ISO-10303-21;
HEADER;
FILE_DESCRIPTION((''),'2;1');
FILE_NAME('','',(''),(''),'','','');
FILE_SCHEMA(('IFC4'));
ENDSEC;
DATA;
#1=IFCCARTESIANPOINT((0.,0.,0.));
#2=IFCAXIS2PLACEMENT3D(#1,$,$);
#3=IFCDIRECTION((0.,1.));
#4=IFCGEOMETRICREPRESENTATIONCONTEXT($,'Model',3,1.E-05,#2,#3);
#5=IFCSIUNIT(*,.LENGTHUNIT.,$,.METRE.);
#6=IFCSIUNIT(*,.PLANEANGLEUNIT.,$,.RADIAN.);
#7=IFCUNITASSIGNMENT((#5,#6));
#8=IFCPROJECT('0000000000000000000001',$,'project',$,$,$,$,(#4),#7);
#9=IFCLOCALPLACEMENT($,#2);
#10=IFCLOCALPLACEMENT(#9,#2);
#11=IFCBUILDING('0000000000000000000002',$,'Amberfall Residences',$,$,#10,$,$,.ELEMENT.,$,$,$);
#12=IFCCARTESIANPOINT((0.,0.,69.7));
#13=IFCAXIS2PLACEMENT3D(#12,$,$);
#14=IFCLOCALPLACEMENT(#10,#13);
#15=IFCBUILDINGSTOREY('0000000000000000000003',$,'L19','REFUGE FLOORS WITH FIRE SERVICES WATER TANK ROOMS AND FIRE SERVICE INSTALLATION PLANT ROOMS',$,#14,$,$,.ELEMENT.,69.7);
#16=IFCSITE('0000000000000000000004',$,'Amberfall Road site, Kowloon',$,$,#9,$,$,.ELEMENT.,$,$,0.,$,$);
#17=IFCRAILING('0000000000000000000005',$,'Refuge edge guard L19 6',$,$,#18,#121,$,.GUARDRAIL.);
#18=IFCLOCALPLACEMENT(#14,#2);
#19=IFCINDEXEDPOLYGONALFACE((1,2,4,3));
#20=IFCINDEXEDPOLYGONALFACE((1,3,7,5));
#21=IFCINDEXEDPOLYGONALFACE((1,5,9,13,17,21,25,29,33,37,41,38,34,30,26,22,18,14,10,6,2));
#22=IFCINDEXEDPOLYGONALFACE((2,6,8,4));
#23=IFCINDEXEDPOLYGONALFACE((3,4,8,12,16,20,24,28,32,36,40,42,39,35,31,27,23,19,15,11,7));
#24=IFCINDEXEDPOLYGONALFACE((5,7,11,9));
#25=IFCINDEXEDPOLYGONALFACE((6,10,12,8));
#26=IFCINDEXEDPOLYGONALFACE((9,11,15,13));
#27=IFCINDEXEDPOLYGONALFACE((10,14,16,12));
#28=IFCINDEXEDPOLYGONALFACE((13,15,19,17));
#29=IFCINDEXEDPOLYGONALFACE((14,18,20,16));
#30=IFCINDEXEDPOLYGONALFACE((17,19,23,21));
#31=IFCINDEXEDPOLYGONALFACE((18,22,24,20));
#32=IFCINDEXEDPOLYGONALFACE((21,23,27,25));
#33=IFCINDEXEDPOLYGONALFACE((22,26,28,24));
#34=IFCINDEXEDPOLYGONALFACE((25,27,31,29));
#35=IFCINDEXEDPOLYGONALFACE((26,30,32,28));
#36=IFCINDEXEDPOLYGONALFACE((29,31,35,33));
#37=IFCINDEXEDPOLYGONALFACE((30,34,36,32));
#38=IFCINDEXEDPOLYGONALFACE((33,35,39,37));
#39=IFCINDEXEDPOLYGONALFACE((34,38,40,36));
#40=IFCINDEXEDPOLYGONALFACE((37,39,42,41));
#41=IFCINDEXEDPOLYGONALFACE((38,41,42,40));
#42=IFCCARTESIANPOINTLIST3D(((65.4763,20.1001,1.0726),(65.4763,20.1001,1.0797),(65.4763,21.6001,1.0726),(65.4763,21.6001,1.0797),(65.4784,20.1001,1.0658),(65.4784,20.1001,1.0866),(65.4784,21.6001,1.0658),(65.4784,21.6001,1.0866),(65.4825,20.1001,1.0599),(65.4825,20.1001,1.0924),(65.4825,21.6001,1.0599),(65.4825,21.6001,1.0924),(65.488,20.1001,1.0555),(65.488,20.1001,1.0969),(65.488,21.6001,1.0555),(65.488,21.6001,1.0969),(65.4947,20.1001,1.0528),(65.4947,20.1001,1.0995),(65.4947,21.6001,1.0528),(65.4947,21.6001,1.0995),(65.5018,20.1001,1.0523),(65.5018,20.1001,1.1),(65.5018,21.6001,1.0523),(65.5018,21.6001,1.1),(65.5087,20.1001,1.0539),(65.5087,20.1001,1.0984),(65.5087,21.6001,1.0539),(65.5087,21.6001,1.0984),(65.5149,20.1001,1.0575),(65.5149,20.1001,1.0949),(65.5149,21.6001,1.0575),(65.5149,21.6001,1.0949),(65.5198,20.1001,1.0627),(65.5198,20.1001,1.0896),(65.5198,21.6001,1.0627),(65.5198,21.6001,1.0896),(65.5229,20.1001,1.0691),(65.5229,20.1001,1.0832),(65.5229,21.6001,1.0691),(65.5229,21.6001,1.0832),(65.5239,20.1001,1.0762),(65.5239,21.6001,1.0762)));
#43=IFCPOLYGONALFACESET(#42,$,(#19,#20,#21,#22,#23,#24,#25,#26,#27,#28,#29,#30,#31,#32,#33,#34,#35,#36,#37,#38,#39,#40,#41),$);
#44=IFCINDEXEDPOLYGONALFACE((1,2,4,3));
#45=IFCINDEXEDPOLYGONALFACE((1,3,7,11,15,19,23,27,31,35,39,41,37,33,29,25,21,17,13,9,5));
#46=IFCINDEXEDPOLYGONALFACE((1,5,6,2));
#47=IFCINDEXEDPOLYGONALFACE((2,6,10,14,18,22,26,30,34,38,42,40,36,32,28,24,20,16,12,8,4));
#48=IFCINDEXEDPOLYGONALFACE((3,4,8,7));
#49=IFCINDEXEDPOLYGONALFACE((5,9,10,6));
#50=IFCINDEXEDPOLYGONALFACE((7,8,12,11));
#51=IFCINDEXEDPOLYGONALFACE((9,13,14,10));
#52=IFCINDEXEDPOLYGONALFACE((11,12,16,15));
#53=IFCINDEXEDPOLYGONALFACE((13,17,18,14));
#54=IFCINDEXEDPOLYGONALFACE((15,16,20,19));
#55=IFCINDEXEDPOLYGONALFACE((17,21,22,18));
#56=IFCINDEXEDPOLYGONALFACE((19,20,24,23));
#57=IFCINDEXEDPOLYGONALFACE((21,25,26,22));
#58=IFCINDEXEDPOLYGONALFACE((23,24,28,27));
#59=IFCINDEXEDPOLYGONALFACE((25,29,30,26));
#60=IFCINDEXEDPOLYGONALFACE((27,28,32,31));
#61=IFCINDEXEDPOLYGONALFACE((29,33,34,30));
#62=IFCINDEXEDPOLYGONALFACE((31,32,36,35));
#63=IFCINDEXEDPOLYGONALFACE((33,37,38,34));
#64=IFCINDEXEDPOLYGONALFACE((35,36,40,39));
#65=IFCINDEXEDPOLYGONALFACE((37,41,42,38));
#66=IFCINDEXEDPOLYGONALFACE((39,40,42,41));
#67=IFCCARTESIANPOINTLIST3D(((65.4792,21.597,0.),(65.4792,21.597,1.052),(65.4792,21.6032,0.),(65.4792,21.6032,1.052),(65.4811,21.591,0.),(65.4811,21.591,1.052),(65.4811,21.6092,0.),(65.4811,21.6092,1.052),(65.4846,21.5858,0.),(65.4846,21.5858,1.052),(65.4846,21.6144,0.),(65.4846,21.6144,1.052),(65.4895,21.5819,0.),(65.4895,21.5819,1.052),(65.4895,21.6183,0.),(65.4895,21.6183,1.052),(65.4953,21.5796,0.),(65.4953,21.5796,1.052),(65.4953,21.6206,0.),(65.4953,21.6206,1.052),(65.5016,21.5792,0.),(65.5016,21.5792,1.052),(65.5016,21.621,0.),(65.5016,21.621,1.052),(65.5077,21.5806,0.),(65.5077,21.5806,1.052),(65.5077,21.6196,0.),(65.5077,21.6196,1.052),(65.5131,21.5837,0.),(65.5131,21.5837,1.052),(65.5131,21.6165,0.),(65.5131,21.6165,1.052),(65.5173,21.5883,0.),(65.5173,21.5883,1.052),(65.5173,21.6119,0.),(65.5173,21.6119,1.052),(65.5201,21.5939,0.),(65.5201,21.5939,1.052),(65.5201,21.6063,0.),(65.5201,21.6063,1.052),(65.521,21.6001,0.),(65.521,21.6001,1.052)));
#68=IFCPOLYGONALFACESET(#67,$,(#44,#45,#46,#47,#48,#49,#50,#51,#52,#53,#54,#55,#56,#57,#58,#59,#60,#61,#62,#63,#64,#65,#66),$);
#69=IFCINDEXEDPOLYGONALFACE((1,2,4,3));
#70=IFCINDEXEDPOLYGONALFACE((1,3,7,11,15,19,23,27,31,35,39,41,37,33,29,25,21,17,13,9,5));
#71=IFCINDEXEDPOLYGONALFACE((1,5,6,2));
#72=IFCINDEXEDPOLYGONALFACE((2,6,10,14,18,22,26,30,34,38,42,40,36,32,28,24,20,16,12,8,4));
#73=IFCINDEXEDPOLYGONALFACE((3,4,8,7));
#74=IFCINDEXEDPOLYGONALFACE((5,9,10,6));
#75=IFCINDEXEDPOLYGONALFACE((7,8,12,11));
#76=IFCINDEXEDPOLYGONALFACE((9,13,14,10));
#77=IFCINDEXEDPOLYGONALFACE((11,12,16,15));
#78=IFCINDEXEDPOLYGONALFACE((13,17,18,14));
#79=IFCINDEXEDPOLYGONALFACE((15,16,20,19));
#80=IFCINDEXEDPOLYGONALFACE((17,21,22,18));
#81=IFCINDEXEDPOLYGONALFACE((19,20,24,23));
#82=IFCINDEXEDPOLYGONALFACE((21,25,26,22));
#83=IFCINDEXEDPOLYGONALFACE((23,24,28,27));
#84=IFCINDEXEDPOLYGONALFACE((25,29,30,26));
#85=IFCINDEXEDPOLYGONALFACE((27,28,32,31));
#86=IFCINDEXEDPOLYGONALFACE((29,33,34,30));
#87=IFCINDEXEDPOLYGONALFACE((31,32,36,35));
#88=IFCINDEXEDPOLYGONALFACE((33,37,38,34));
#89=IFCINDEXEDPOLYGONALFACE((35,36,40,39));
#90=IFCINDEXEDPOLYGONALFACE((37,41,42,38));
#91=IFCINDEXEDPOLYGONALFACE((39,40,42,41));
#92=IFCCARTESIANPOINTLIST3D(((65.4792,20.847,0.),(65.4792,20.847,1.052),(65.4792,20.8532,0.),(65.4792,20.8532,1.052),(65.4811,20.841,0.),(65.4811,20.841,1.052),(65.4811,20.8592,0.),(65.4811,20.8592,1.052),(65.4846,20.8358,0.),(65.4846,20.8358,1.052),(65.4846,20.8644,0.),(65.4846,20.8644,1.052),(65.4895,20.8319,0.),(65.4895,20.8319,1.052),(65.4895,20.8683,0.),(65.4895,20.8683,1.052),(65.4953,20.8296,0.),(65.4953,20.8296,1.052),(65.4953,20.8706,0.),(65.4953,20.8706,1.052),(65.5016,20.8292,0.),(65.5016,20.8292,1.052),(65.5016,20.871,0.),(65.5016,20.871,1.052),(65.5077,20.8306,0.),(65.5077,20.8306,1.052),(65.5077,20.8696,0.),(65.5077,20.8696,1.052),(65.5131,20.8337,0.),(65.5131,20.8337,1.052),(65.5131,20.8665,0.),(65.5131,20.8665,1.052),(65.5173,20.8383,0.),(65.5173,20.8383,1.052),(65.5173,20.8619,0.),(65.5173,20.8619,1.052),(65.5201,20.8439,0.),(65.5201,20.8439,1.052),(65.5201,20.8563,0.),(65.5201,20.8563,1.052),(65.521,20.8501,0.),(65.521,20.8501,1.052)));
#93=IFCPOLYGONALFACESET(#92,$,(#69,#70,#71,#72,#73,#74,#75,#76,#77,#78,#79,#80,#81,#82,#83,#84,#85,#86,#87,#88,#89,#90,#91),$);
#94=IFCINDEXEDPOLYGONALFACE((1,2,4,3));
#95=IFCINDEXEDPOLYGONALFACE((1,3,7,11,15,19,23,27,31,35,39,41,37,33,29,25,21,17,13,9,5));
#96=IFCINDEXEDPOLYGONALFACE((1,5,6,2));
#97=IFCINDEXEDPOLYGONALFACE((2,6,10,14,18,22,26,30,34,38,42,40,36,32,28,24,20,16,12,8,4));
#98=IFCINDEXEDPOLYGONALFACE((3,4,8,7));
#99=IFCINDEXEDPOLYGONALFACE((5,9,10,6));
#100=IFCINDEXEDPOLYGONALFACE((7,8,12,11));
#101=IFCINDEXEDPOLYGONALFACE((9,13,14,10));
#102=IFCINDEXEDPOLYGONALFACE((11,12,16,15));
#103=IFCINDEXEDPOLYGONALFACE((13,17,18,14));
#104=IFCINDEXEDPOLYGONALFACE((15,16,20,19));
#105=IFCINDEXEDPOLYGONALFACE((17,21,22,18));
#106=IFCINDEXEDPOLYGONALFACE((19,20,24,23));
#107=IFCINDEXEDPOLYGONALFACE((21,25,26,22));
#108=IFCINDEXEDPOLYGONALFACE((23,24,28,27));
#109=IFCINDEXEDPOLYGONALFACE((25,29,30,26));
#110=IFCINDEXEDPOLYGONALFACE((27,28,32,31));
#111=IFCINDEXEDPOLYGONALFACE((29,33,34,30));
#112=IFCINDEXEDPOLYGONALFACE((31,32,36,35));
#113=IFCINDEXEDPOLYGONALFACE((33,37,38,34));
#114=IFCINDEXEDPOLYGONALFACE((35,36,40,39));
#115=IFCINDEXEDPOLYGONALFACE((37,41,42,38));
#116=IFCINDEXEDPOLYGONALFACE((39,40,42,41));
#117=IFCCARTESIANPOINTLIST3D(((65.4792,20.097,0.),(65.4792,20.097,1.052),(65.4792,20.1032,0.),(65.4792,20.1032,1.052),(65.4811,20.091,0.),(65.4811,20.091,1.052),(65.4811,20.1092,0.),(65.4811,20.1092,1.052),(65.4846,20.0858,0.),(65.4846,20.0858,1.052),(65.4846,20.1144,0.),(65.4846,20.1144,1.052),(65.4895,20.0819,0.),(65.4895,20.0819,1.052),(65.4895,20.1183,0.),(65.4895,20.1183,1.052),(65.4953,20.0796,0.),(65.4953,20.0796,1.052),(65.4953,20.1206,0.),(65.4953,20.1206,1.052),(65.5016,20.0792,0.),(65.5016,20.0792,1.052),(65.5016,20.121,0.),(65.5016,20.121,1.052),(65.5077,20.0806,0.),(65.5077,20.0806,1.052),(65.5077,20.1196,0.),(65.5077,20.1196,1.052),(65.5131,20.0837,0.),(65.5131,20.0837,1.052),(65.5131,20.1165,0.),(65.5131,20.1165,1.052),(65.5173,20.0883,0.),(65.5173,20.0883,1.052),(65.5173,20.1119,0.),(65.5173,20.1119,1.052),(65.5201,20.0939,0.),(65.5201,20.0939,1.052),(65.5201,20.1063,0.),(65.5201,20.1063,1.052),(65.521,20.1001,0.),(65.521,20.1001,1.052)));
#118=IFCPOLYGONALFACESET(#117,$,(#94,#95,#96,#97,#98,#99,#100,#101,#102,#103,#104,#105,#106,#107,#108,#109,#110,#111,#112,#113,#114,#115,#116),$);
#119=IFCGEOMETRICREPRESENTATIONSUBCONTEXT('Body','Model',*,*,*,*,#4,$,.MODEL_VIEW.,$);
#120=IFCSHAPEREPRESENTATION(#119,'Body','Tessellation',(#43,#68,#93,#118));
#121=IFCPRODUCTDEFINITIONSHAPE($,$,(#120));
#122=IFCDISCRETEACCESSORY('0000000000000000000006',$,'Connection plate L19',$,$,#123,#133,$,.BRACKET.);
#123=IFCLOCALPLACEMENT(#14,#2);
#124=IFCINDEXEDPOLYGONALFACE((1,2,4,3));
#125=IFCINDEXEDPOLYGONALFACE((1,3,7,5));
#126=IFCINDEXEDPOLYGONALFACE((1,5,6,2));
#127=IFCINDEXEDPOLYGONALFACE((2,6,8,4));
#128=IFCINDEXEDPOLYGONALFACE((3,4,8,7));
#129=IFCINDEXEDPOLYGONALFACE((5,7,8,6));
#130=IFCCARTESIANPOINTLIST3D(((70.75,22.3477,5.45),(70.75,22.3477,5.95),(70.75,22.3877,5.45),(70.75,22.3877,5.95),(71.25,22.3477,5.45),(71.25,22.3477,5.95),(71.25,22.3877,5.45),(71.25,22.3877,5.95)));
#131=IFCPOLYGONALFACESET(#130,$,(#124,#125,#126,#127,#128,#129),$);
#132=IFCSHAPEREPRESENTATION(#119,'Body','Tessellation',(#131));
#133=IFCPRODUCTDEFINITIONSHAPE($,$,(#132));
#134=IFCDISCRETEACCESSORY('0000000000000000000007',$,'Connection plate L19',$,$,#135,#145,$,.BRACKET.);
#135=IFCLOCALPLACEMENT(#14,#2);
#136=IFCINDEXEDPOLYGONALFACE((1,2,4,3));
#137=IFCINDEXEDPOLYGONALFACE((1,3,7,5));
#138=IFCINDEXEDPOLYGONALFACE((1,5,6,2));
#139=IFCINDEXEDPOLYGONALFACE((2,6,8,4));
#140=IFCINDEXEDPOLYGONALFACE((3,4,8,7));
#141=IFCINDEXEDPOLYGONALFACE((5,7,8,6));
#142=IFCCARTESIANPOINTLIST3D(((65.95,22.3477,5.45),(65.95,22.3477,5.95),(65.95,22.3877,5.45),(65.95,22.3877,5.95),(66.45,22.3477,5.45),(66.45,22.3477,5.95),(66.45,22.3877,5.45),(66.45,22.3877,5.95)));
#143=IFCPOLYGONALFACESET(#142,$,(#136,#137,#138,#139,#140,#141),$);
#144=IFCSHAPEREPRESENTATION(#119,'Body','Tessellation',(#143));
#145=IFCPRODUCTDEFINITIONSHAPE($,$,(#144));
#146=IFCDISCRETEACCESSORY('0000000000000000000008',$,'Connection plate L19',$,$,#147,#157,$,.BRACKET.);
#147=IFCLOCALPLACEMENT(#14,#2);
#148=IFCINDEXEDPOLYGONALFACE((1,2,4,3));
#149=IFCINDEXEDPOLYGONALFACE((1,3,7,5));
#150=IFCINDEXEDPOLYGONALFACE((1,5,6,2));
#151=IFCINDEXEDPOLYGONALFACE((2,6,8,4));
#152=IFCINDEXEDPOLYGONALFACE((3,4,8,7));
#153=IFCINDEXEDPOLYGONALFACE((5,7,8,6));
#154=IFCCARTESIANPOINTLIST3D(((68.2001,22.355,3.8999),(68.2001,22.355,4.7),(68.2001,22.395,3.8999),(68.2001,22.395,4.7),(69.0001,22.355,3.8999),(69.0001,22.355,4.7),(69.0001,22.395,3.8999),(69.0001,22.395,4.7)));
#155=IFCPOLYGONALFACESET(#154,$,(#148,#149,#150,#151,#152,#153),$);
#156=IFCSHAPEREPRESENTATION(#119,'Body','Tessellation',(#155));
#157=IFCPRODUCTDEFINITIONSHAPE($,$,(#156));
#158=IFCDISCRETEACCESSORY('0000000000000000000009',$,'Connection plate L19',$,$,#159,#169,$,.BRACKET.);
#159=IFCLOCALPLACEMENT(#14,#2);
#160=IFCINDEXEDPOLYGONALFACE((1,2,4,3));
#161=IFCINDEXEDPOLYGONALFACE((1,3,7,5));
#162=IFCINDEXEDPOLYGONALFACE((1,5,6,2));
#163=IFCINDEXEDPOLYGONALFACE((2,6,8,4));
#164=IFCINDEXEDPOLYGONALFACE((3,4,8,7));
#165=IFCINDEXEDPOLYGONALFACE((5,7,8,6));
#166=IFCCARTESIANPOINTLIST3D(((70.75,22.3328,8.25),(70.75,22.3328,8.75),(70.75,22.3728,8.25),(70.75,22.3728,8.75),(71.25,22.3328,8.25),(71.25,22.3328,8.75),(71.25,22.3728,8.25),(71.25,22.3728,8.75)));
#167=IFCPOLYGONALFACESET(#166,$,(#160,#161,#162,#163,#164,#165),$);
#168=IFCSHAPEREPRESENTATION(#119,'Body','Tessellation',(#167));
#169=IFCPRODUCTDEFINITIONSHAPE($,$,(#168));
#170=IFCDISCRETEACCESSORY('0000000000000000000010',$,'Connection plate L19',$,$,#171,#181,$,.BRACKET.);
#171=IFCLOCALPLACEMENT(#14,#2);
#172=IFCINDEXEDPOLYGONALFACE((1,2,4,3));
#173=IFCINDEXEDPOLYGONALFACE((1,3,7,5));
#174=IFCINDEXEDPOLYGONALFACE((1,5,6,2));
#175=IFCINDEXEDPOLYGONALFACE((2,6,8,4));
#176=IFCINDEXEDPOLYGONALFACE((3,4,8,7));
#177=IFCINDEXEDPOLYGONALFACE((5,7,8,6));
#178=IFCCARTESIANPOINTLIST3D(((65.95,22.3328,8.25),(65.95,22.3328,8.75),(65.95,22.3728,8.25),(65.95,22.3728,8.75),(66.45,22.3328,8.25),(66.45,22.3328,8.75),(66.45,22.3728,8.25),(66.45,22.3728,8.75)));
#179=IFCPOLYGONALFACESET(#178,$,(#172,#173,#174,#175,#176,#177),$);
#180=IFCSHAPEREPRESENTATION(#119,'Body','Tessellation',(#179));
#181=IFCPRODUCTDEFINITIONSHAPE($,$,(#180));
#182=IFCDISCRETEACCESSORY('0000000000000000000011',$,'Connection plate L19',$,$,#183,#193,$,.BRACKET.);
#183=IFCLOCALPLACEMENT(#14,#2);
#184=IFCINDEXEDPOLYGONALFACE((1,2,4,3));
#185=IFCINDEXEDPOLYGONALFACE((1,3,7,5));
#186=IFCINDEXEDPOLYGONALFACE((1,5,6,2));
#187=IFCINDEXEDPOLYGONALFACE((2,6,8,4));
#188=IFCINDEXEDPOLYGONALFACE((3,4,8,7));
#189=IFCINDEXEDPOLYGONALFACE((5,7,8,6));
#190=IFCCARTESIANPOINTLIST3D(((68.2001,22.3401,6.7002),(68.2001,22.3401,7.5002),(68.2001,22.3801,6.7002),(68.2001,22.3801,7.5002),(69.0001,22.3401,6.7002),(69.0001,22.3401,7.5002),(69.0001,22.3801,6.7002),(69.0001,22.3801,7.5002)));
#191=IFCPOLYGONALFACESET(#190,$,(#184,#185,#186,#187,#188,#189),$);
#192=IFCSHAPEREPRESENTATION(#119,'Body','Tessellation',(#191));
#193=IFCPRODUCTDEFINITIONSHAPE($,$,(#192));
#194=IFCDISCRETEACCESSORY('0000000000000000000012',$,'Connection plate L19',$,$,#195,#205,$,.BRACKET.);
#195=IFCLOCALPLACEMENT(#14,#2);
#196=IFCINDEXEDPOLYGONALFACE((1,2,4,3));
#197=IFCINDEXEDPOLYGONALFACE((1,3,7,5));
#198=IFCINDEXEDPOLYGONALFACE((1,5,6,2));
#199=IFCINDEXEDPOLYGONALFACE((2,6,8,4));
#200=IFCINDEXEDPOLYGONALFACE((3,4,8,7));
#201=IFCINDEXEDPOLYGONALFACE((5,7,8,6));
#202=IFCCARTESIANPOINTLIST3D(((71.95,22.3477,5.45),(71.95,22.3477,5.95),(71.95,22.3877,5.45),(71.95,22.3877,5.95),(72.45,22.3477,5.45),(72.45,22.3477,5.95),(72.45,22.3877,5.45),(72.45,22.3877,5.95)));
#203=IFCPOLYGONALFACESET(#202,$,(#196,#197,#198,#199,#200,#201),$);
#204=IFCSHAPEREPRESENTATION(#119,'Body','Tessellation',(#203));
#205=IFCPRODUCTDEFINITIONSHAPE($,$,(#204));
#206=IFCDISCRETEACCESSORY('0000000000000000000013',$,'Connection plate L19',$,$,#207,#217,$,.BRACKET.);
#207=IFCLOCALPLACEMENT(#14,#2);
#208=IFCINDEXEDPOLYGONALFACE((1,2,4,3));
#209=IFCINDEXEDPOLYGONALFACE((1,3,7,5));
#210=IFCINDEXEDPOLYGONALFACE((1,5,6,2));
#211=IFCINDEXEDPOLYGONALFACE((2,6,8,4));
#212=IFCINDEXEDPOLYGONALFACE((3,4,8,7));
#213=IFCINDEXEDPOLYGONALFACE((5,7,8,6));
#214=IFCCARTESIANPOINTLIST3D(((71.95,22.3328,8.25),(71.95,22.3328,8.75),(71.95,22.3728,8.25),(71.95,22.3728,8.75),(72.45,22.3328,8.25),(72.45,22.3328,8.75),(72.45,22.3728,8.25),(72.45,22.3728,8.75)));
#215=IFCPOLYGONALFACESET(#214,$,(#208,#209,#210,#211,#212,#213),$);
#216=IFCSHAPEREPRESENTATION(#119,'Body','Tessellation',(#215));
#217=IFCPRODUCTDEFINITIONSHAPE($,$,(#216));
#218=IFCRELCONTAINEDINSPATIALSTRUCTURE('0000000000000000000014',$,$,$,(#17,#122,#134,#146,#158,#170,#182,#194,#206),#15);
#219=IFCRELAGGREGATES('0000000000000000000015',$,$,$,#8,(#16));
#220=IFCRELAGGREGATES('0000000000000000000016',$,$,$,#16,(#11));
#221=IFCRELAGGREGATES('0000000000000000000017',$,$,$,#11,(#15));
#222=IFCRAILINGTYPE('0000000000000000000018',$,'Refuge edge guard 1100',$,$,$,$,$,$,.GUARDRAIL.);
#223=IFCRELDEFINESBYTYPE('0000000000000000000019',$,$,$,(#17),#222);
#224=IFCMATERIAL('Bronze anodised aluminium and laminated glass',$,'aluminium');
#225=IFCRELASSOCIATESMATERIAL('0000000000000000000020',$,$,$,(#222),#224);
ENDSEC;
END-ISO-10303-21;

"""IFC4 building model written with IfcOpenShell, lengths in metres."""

from ifc_helpers import new_model, si_unit, direction, frame, origin, origin_2d, place, context, subcontext, project, spatial, rectangle, circle, extrude, material, type_object, element, save


model = new_model("IFC4")

# Units and contexts
model_context = context("Model", 3, precision=1e-05, world=origin(), true_north=direction((0.0, 1.0)))
body_context = subcontext(model_context, "Body", "Model", "MODEL_VIEW")
ifc_project = project(units=[si_unit("LENGTHUNIT", "METRE"), si_unit("PLANEANGLEUNIT", "RADIAN")], contexts=[model_context])

# Site, building, storey
site_placement = place(None, origin())
site = spatial("IfcSite", under=ifc_project, at=site_placement, Name="Amberfall Road site, Kowloon", CompositionType="ELEMENT", RefElevation=0.0)
building_placement = place(site_placement, origin())
building = spatial("IfcBuilding", under=site, at=building_placement, Name="Amberfall Residences", CompositionType="ELEMENT")
storey_placement = place(building_placement, frame((0.0, 0.0, 69.7)))
storey = spatial("IfcBuildingStorey", under=building, at=storey_placement, Name="L19", Description="REFUGE FLOORS WITH FIRE SERVICES WATER TANK ROOMS AND FIRE SERVICE INSTALLATION PLANT ROOMS", CompositionType="ELEMENT", Elevation=69.7)

# Railing
ifc_material_1 = material(Name="Bronze anodised aluminium and laminated glass", Category="aluminium")
railing_type = type_object("IfcRailingType", Name="Refuge edge guard 1100", PredefinedType="GUARDRAIL", material=ifc_material_1)
railing_1_placement = place(storey_placement, frame((65.5, 21.6001, 0.0)))
element("IfcRailing", 1, at=railing_1_placement, inside=storey, type_object=railing_type, Name="Refuge edge guard L19 6", PredefinedType="GUARDRAIL", context=body_context, shape_type="SweptSolid", body=[
    extrude(circle(Radius=0.0239, at=origin_2d()), frame((0.0, 0.0, 1.0762), z_axis=(0.0, -1.0, 0.0), x_axis=(1.0, 0.0, 0.0)), (0.0, 0.0, 1.0), 1.5),
    extrude(circle(Radius=0.021, at=origin_2d()), origin(), (0.0, 0.0, 1.0), 1.052),
    extrude(circle(Radius=0.021, at=origin_2d()), frame((0.0, -0.75, 0.0)), (0.0, 0.0, 1.0), 1.052),
    extrude(circle(Radius=0.021, at=origin_2d()), frame((0.0, -1.5, 0.0)), (0.0, 0.0, 1.0), 1.052),
])

# Discrete accessories
for number, where, z_axis, x_axis, name in (
    (2, (71.0, 22.3677, 5.45), (0.0, 0.0, 1.0), (1.0, 0.0, 0.0), "Connection plate L19"),
    (3, (66.2, 22.3677, 5.45), (0.0, 0.0, 1.0), (1.0, 0.0, 0.0), "Connection plate L19"),
):
    element("IfcDiscreteAccessory", number, at=place(storey_placement, frame(where, z_axis=z_axis, x_axis=x_axis)), inside=storey, Name=name, PredefinedType="BRACKET", context=body_context, shape_type="SweptSolid", body=[
        extrude(rectangle(XDim=0.5, YDim=0.04, at=origin_2d()), origin(), (0.0, 0.0, 1.0), 0.5),
    ])
discrete_accessory_1_placement = place(storey_placement, frame((68.6001, 22.375, 3.8999), z_axis=(0.0, 0.0, 1.0), x_axis=(1.0, 0.0, 0.0)))
element("IfcDiscreteAccessory", 4, at=discrete_accessory_1_placement, inside=storey, Name="Connection plate L19", PredefinedType="BRACKET", context=body_context, shape_type="SweptSolid", body=[
    extrude(rectangle(XDim=0.8, YDim=0.04, at=origin_2d()), origin(), (0.0, 0.0, 1.0), 0.8),
])
for number, where, z_axis, x_axis, name in (
    (5, (71.0, 22.3528, 8.25), (0.0, 0.0, 1.0), (1.0, 0.0, 0.0), "Connection plate L19"),
    (6, (66.2, 22.3528, 8.25), (0.0, 0.0, 1.0), (1.0, 0.0, 0.0), "Connection plate L19"),
):
    element("IfcDiscreteAccessory", number, at=place(storey_placement, frame(where, z_axis=z_axis, x_axis=x_axis)), inside=storey, Name=name, PredefinedType="BRACKET", context=body_context, shape_type="SweptSolid", body=[
        extrude(rectangle(XDim=0.5, YDim=0.04, at=origin_2d()), origin(), (0.0, 0.0, 1.0), 0.5),
    ])
discrete_accessory_2_placement = place(storey_placement, frame((68.6001, 22.3601, 6.7002), z_axis=(0.0, 0.0, 1.0), x_axis=(1.0, 0.0, 0.0)))
element("IfcDiscreteAccessory", 7, at=discrete_accessory_2_placement, inside=storey, Name="Connection plate L19", PredefinedType="BRACKET", context=body_context, shape_type="SweptSolid", body=[
    extrude(rectangle(XDim=0.8, YDim=0.04, at=origin_2d()), origin(), (0.0, 0.0, 1.0), 0.8),
])
for number, where, z_axis, x_axis, name in (
    (8, (72.2, 22.3677, 5.45), (0.0, 0.0, 1.0), (1.0, 0.0, 0.0), "Connection plate L19"),
    (9, (72.2, 22.3528, 8.25), (0.0, 0.0, 1.0), (1.0, 0.0, 0.0), "Connection plate L19"),
):
    element("IfcDiscreteAccessory", number, at=place(storey_placement, frame(where, z_axis=z_axis, x_axis=x_axis)), inside=storey, Name=name, PredefinedType="BRACKET", context=body_context, shape_type="SweptSolid", body=[
        extrude(rectangle(XDim=0.5, YDim=0.04, at=origin_2d()), origin(), (0.0, 0.0, 1.0), 0.5),
    ])

save(model, "model.ifc")
